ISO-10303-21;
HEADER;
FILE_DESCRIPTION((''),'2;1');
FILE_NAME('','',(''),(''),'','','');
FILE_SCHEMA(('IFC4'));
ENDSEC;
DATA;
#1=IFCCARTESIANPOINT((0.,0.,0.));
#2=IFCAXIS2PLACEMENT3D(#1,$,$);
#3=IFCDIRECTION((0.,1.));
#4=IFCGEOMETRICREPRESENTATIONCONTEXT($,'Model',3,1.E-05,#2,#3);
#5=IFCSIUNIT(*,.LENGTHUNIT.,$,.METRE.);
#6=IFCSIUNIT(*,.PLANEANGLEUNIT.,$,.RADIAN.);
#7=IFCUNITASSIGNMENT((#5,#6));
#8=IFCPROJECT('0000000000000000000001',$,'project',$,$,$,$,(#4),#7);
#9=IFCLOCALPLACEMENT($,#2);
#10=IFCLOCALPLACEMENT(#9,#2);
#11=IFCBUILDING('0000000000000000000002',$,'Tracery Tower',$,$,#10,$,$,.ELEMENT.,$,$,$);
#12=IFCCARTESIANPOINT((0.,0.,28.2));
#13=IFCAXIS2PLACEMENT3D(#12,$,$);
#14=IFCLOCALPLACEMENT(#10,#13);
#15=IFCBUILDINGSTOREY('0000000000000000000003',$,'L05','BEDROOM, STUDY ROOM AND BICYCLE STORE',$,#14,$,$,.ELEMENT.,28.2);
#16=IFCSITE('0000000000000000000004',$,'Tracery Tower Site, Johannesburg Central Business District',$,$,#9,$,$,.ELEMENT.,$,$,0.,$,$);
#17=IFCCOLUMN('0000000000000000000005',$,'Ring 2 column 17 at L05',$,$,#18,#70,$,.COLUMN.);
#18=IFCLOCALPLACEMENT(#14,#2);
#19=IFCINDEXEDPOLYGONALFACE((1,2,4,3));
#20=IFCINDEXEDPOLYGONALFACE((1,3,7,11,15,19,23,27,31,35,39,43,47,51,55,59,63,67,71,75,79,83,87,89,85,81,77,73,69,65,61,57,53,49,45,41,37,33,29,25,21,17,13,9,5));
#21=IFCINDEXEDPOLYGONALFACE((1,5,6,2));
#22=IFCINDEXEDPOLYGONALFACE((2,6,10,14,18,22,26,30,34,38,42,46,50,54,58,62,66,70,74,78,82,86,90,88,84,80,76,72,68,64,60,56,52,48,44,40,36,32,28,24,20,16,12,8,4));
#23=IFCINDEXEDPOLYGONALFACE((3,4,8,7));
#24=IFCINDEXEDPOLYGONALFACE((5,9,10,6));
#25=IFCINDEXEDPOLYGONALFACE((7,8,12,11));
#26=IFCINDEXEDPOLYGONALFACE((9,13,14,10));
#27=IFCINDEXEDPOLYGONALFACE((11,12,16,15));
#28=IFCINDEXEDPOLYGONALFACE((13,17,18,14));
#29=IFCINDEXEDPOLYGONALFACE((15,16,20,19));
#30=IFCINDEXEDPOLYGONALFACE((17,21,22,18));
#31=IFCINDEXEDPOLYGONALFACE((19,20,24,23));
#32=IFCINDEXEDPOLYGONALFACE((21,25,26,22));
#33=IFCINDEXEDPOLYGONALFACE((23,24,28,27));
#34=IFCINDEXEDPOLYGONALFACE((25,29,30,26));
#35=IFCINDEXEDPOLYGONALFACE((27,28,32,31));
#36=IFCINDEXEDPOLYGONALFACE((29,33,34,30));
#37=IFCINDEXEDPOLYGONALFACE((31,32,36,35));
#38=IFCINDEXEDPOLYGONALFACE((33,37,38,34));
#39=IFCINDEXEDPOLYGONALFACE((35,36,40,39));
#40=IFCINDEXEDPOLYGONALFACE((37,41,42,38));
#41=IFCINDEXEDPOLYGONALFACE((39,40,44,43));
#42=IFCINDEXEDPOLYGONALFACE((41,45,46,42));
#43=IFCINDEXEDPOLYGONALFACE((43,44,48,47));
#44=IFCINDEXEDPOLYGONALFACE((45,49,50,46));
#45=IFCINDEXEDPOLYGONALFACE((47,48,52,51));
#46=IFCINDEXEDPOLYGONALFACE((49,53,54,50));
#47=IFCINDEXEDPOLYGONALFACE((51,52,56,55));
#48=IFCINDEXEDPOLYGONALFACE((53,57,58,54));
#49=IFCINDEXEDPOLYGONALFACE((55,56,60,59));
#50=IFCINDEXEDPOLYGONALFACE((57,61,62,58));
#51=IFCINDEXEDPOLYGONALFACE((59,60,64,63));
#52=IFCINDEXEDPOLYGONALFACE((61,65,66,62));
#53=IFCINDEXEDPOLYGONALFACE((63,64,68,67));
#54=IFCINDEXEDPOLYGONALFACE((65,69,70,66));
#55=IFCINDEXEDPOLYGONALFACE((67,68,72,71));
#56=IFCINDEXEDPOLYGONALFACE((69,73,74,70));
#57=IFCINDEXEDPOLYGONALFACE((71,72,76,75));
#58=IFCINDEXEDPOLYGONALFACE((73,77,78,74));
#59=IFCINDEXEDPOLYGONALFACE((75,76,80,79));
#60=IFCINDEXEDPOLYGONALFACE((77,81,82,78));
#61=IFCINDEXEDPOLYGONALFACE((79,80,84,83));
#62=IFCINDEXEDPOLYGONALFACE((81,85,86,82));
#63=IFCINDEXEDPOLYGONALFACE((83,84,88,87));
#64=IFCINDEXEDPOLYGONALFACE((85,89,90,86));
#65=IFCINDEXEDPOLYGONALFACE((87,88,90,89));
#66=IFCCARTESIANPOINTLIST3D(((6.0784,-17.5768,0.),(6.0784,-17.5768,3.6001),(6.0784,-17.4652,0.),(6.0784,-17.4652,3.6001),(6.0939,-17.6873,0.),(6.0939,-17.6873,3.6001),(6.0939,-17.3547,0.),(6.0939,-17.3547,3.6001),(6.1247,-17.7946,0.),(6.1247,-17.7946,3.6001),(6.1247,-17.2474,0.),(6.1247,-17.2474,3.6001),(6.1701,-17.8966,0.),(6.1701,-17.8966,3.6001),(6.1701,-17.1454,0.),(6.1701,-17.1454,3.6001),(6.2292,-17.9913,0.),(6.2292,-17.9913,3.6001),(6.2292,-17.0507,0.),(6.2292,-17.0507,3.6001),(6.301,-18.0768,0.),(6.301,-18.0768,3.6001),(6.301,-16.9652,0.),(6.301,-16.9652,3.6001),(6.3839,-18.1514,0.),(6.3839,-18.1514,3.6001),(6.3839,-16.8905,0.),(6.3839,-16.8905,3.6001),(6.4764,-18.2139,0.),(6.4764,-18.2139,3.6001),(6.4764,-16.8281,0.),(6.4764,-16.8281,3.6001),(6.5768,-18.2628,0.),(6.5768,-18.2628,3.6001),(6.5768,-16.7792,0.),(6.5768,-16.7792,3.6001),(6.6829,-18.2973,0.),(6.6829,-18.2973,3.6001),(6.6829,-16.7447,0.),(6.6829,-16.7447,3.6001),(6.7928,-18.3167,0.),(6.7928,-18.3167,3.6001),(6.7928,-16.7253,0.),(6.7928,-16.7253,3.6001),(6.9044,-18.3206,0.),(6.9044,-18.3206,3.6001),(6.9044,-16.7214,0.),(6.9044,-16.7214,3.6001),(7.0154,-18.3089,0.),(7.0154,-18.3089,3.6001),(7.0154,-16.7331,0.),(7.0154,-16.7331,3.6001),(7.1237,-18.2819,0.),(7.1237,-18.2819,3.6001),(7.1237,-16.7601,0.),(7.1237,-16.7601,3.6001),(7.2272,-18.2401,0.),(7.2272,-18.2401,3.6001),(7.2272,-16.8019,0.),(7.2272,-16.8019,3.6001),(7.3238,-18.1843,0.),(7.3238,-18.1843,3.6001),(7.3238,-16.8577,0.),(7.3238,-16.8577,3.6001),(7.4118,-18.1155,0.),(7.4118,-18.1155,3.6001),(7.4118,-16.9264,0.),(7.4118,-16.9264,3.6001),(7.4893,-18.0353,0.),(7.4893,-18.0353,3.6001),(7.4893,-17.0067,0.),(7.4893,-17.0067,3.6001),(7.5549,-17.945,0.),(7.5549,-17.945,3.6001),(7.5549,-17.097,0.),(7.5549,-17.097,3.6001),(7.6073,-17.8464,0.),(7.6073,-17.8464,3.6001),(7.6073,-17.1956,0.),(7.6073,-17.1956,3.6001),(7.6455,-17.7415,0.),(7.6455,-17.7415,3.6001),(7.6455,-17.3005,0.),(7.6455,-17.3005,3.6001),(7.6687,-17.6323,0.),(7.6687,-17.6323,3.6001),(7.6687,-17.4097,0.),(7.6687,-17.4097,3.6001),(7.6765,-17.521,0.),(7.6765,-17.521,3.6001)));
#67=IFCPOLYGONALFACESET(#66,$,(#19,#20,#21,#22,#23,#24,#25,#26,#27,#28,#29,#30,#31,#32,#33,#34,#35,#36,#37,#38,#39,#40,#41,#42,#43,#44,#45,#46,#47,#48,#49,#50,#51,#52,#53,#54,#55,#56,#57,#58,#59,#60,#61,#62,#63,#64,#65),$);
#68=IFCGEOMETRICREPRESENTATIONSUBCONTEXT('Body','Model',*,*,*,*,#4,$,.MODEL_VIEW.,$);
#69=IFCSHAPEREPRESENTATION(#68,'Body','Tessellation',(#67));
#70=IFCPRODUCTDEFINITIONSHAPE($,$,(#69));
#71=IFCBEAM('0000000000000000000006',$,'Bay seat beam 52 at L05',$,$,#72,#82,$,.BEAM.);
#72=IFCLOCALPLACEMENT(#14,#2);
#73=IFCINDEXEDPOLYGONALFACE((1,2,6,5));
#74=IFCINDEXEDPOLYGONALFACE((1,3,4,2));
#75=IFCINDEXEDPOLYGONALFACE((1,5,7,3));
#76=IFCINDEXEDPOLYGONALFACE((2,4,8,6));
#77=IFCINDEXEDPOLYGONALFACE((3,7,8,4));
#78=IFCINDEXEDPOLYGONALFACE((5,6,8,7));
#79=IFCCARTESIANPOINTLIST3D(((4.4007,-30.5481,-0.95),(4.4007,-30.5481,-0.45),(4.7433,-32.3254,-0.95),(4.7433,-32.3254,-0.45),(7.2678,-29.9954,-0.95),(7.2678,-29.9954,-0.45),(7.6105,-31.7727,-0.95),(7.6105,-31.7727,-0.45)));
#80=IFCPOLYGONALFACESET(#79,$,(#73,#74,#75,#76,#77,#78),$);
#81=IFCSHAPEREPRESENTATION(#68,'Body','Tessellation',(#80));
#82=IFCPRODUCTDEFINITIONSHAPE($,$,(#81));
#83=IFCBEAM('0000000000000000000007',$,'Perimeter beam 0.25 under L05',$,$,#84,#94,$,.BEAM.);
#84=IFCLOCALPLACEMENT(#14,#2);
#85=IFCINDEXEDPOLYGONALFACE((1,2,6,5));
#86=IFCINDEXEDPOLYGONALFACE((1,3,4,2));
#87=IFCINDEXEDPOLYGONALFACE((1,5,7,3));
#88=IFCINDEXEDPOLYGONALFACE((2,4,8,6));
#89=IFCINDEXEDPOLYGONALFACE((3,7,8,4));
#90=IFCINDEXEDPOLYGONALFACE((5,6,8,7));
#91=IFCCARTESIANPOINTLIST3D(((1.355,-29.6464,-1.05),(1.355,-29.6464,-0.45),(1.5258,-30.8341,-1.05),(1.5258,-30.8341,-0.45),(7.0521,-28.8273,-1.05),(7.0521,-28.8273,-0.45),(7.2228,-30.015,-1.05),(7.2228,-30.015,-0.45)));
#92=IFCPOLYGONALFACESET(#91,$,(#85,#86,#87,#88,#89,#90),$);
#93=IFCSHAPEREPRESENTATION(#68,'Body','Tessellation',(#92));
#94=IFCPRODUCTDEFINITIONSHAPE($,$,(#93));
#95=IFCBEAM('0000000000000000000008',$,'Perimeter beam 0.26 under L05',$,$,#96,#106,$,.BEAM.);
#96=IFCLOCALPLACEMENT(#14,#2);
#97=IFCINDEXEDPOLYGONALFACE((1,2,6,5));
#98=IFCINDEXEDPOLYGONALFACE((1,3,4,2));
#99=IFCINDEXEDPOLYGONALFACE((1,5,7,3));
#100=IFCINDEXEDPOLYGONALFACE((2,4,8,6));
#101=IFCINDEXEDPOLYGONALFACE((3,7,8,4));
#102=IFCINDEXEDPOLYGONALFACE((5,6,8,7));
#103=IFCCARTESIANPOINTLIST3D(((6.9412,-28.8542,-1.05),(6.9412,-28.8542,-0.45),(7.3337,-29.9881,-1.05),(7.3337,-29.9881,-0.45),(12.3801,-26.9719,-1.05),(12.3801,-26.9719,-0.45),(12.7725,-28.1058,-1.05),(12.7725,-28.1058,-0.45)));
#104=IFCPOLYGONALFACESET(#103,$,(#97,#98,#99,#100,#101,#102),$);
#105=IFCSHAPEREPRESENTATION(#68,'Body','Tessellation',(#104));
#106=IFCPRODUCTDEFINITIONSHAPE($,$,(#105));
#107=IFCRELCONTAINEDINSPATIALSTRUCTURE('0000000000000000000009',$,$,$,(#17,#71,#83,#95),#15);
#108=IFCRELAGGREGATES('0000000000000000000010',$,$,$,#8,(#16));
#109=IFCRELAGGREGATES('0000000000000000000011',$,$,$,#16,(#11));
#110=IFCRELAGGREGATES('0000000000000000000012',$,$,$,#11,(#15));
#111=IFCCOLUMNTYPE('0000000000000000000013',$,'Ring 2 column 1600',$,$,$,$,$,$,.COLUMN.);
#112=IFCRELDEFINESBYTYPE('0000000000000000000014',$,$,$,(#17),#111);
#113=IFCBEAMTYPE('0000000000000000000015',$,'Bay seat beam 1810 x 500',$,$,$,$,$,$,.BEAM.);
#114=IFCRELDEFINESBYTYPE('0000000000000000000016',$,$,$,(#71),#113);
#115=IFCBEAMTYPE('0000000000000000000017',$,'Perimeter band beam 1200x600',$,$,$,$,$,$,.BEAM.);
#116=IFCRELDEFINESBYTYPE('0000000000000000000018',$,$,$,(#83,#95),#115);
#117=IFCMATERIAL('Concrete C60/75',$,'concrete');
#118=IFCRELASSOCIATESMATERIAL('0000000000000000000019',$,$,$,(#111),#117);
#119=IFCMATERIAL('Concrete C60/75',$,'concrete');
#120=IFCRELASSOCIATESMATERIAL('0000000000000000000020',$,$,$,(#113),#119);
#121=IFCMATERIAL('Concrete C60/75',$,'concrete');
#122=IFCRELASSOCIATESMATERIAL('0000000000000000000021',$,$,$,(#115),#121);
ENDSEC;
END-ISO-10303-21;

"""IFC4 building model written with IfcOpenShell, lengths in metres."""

from ifc_helpers import new_model, si_unit, direction, frame, origin, origin_2d, place, context, subcontext, project, spatial, rectangle, circle, extrude, material, material_profile, profile_set, type_object, element, save


model = new_model("IFC4")

# Units and contexts
model_context = context("Model", 3, precision=1e-05, world=origin(), true_north=direction((0.0, 1.0)))
body_context = subcontext(model_context, "Body", "Model", "MODEL_VIEW")
ifc_project = project(units=[si_unit("LENGTHUNIT", "METRE"), si_unit("PLANEANGLEUNIT", "RADIAN")], contexts=[model_context])

# Site, building, storey
site_placement = place(None, origin())
site = spatial("IfcSite", under=ifc_project, at=site_placement, Name="Tracery Tower Site, Johannesburg Central Business District", CompositionType="ELEMENT", RefElevation=0.0)
building_placement = place(site_placement, origin())
building = spatial("IfcBuilding", under=site, at=building_placement, Name="Tracery Tower", CompositionType="ELEMENT")
storey_placement = place(building_placement, frame((0.0, 0.0, 28.2)))
storey = spatial("IfcBuildingStorey", under=building, at=storey_placement, Name="L05", Description="BEDROOM, STUDY ROOM AND BICYCLE STORE", CompositionType="ELEMENT", Elevation=28.2)

# Column
ifc_material_1 = material(Name="Concrete C60/75", Category="concrete")
ifc_material_profile_1 = material_profile(ifc_material_1, circle(Radius=0.8, at=origin_2d()), Name="RC D1600")
ifc_profile_set_1 = profile_set([ifc_material_profile_1], Name="Concrete C60/75")
column_type_1 = type_object("IfcColumnType", Name="Ring 2 column 1600", PredefinedType="COLUMN", material=ifc_profile_set_1)
for number, where, z_axis, x_axis, name in (
    (1, (6.8765, -17.521, 0.0), (0.0, 0.0, 1.0), (1.0, 0.0, 0.0), "Ring 2 column 17 at L05"),
):
    element("IfcColumn", number, at=place(storey_placement, frame(where, z_axis=z_axis, x_axis=x_axis)), inside=storey, type_object=column_type_1, Name=name, PredefinedType="COLUMN", context=body_context, shape_type="SweptSolid", body=[
        extrude(circle(Radius=0.8, at=origin_2d()), origin(), (0.0, 0.0, 1.0), 3.6001),
    ])

# Beams
ifc_material_2 = material(Name="Concrete C60/75", Category="concrete")
ifc_material_profile_2 = material_profile(ifc_material_2, rectangle(XDim=1.8101, YDim=0.5, at=origin_2d()), Name="RC 1810x500")
ifc_profile_set_2 = profile_set([ifc_material_profile_2], Name="Concrete C60/75")
beam_type_1 = type_object("IfcBeamType", Name="Bay seat beam 1810 x 500", PredefinedType="BEAM", material=ifc_profile_set_2)
beam_1_placement = place(storey_placement, frame((4.572, -31.4368, -0.7), z_axis=(0.98192, 0.189294, 0.0), x_axis=(-0.189294, 0.98192, 0.0)))
element("IfcBeam", 2, at=beam_1_placement, inside=storey, type_object=beam_type_1, Name="Bay seat beam 52 at L05", PredefinedType="BEAM", context=body_context, shape_type="SweptSolid", body=[
    extrude(rectangle(XDim=1.8101, YDim=0.5, at=origin_2d()), origin(), (0.0, 0.0, 1.0), 2.9199),
])
ifc_material_3 = material(Name="Concrete C60/75", Category="concrete")
ifc_material_profile_3 = material_profile(ifc_material_3, rectangle(XDim=1.2, YDim=0.6001, at=origin_2d()), Name="RC 1200x600")
ifc_profile_set_3 = profile_set([ifc_material_profile_3], Name="Concrete C60/75")
beam_type_2 = type_object("IfcBeamType", Name="Perimeter band beam 1200x600", PredefinedType="BEAM", material=ifc_profile_set_3)
beam_2_placement = place(storey_placement, frame((1.4404, -30.2402, -0.75), z_axis=(0.989822, 0.142312, 0.0), x_axis=(-0.142312, 0.989822, 0.0)))
element("IfcBeam", 3, at=beam_2_placement, inside=storey, type_object=beam_type_2, Name="Perimeter beam 0.25 under L05", PredefinedType="BEAM", context=body_context, shape_type="SweptSolid", body=[
    extrude(rectangle(XDim=1.2, YDim=0.6001, at=origin_2d()), origin(), (0.0, 0.0, 1.0), 5.7556),
])
beam_3_placement = place(storey_placement, frame((7.1375, -29.4211, -0.75), z_axis=(0.945007, 0.327049, 0.0), x_axis=(-0.327049, 0.945007, 0.0)))
element("IfcBeam", 4, at=beam_3_placement, inside=storey, type_object=beam_type_2, Name="Perimeter beam 0.26 under L05", PredefinedType="BEAM", context=body_context, shape_type="SweptSolid", body=[
    extrude(rectangle(XDim=1.2, YDim=0.6001, at=origin_2d()), origin(), (0.0, 0.0, 1.0), 5.7554),
])

save(model, "model.ifc")
